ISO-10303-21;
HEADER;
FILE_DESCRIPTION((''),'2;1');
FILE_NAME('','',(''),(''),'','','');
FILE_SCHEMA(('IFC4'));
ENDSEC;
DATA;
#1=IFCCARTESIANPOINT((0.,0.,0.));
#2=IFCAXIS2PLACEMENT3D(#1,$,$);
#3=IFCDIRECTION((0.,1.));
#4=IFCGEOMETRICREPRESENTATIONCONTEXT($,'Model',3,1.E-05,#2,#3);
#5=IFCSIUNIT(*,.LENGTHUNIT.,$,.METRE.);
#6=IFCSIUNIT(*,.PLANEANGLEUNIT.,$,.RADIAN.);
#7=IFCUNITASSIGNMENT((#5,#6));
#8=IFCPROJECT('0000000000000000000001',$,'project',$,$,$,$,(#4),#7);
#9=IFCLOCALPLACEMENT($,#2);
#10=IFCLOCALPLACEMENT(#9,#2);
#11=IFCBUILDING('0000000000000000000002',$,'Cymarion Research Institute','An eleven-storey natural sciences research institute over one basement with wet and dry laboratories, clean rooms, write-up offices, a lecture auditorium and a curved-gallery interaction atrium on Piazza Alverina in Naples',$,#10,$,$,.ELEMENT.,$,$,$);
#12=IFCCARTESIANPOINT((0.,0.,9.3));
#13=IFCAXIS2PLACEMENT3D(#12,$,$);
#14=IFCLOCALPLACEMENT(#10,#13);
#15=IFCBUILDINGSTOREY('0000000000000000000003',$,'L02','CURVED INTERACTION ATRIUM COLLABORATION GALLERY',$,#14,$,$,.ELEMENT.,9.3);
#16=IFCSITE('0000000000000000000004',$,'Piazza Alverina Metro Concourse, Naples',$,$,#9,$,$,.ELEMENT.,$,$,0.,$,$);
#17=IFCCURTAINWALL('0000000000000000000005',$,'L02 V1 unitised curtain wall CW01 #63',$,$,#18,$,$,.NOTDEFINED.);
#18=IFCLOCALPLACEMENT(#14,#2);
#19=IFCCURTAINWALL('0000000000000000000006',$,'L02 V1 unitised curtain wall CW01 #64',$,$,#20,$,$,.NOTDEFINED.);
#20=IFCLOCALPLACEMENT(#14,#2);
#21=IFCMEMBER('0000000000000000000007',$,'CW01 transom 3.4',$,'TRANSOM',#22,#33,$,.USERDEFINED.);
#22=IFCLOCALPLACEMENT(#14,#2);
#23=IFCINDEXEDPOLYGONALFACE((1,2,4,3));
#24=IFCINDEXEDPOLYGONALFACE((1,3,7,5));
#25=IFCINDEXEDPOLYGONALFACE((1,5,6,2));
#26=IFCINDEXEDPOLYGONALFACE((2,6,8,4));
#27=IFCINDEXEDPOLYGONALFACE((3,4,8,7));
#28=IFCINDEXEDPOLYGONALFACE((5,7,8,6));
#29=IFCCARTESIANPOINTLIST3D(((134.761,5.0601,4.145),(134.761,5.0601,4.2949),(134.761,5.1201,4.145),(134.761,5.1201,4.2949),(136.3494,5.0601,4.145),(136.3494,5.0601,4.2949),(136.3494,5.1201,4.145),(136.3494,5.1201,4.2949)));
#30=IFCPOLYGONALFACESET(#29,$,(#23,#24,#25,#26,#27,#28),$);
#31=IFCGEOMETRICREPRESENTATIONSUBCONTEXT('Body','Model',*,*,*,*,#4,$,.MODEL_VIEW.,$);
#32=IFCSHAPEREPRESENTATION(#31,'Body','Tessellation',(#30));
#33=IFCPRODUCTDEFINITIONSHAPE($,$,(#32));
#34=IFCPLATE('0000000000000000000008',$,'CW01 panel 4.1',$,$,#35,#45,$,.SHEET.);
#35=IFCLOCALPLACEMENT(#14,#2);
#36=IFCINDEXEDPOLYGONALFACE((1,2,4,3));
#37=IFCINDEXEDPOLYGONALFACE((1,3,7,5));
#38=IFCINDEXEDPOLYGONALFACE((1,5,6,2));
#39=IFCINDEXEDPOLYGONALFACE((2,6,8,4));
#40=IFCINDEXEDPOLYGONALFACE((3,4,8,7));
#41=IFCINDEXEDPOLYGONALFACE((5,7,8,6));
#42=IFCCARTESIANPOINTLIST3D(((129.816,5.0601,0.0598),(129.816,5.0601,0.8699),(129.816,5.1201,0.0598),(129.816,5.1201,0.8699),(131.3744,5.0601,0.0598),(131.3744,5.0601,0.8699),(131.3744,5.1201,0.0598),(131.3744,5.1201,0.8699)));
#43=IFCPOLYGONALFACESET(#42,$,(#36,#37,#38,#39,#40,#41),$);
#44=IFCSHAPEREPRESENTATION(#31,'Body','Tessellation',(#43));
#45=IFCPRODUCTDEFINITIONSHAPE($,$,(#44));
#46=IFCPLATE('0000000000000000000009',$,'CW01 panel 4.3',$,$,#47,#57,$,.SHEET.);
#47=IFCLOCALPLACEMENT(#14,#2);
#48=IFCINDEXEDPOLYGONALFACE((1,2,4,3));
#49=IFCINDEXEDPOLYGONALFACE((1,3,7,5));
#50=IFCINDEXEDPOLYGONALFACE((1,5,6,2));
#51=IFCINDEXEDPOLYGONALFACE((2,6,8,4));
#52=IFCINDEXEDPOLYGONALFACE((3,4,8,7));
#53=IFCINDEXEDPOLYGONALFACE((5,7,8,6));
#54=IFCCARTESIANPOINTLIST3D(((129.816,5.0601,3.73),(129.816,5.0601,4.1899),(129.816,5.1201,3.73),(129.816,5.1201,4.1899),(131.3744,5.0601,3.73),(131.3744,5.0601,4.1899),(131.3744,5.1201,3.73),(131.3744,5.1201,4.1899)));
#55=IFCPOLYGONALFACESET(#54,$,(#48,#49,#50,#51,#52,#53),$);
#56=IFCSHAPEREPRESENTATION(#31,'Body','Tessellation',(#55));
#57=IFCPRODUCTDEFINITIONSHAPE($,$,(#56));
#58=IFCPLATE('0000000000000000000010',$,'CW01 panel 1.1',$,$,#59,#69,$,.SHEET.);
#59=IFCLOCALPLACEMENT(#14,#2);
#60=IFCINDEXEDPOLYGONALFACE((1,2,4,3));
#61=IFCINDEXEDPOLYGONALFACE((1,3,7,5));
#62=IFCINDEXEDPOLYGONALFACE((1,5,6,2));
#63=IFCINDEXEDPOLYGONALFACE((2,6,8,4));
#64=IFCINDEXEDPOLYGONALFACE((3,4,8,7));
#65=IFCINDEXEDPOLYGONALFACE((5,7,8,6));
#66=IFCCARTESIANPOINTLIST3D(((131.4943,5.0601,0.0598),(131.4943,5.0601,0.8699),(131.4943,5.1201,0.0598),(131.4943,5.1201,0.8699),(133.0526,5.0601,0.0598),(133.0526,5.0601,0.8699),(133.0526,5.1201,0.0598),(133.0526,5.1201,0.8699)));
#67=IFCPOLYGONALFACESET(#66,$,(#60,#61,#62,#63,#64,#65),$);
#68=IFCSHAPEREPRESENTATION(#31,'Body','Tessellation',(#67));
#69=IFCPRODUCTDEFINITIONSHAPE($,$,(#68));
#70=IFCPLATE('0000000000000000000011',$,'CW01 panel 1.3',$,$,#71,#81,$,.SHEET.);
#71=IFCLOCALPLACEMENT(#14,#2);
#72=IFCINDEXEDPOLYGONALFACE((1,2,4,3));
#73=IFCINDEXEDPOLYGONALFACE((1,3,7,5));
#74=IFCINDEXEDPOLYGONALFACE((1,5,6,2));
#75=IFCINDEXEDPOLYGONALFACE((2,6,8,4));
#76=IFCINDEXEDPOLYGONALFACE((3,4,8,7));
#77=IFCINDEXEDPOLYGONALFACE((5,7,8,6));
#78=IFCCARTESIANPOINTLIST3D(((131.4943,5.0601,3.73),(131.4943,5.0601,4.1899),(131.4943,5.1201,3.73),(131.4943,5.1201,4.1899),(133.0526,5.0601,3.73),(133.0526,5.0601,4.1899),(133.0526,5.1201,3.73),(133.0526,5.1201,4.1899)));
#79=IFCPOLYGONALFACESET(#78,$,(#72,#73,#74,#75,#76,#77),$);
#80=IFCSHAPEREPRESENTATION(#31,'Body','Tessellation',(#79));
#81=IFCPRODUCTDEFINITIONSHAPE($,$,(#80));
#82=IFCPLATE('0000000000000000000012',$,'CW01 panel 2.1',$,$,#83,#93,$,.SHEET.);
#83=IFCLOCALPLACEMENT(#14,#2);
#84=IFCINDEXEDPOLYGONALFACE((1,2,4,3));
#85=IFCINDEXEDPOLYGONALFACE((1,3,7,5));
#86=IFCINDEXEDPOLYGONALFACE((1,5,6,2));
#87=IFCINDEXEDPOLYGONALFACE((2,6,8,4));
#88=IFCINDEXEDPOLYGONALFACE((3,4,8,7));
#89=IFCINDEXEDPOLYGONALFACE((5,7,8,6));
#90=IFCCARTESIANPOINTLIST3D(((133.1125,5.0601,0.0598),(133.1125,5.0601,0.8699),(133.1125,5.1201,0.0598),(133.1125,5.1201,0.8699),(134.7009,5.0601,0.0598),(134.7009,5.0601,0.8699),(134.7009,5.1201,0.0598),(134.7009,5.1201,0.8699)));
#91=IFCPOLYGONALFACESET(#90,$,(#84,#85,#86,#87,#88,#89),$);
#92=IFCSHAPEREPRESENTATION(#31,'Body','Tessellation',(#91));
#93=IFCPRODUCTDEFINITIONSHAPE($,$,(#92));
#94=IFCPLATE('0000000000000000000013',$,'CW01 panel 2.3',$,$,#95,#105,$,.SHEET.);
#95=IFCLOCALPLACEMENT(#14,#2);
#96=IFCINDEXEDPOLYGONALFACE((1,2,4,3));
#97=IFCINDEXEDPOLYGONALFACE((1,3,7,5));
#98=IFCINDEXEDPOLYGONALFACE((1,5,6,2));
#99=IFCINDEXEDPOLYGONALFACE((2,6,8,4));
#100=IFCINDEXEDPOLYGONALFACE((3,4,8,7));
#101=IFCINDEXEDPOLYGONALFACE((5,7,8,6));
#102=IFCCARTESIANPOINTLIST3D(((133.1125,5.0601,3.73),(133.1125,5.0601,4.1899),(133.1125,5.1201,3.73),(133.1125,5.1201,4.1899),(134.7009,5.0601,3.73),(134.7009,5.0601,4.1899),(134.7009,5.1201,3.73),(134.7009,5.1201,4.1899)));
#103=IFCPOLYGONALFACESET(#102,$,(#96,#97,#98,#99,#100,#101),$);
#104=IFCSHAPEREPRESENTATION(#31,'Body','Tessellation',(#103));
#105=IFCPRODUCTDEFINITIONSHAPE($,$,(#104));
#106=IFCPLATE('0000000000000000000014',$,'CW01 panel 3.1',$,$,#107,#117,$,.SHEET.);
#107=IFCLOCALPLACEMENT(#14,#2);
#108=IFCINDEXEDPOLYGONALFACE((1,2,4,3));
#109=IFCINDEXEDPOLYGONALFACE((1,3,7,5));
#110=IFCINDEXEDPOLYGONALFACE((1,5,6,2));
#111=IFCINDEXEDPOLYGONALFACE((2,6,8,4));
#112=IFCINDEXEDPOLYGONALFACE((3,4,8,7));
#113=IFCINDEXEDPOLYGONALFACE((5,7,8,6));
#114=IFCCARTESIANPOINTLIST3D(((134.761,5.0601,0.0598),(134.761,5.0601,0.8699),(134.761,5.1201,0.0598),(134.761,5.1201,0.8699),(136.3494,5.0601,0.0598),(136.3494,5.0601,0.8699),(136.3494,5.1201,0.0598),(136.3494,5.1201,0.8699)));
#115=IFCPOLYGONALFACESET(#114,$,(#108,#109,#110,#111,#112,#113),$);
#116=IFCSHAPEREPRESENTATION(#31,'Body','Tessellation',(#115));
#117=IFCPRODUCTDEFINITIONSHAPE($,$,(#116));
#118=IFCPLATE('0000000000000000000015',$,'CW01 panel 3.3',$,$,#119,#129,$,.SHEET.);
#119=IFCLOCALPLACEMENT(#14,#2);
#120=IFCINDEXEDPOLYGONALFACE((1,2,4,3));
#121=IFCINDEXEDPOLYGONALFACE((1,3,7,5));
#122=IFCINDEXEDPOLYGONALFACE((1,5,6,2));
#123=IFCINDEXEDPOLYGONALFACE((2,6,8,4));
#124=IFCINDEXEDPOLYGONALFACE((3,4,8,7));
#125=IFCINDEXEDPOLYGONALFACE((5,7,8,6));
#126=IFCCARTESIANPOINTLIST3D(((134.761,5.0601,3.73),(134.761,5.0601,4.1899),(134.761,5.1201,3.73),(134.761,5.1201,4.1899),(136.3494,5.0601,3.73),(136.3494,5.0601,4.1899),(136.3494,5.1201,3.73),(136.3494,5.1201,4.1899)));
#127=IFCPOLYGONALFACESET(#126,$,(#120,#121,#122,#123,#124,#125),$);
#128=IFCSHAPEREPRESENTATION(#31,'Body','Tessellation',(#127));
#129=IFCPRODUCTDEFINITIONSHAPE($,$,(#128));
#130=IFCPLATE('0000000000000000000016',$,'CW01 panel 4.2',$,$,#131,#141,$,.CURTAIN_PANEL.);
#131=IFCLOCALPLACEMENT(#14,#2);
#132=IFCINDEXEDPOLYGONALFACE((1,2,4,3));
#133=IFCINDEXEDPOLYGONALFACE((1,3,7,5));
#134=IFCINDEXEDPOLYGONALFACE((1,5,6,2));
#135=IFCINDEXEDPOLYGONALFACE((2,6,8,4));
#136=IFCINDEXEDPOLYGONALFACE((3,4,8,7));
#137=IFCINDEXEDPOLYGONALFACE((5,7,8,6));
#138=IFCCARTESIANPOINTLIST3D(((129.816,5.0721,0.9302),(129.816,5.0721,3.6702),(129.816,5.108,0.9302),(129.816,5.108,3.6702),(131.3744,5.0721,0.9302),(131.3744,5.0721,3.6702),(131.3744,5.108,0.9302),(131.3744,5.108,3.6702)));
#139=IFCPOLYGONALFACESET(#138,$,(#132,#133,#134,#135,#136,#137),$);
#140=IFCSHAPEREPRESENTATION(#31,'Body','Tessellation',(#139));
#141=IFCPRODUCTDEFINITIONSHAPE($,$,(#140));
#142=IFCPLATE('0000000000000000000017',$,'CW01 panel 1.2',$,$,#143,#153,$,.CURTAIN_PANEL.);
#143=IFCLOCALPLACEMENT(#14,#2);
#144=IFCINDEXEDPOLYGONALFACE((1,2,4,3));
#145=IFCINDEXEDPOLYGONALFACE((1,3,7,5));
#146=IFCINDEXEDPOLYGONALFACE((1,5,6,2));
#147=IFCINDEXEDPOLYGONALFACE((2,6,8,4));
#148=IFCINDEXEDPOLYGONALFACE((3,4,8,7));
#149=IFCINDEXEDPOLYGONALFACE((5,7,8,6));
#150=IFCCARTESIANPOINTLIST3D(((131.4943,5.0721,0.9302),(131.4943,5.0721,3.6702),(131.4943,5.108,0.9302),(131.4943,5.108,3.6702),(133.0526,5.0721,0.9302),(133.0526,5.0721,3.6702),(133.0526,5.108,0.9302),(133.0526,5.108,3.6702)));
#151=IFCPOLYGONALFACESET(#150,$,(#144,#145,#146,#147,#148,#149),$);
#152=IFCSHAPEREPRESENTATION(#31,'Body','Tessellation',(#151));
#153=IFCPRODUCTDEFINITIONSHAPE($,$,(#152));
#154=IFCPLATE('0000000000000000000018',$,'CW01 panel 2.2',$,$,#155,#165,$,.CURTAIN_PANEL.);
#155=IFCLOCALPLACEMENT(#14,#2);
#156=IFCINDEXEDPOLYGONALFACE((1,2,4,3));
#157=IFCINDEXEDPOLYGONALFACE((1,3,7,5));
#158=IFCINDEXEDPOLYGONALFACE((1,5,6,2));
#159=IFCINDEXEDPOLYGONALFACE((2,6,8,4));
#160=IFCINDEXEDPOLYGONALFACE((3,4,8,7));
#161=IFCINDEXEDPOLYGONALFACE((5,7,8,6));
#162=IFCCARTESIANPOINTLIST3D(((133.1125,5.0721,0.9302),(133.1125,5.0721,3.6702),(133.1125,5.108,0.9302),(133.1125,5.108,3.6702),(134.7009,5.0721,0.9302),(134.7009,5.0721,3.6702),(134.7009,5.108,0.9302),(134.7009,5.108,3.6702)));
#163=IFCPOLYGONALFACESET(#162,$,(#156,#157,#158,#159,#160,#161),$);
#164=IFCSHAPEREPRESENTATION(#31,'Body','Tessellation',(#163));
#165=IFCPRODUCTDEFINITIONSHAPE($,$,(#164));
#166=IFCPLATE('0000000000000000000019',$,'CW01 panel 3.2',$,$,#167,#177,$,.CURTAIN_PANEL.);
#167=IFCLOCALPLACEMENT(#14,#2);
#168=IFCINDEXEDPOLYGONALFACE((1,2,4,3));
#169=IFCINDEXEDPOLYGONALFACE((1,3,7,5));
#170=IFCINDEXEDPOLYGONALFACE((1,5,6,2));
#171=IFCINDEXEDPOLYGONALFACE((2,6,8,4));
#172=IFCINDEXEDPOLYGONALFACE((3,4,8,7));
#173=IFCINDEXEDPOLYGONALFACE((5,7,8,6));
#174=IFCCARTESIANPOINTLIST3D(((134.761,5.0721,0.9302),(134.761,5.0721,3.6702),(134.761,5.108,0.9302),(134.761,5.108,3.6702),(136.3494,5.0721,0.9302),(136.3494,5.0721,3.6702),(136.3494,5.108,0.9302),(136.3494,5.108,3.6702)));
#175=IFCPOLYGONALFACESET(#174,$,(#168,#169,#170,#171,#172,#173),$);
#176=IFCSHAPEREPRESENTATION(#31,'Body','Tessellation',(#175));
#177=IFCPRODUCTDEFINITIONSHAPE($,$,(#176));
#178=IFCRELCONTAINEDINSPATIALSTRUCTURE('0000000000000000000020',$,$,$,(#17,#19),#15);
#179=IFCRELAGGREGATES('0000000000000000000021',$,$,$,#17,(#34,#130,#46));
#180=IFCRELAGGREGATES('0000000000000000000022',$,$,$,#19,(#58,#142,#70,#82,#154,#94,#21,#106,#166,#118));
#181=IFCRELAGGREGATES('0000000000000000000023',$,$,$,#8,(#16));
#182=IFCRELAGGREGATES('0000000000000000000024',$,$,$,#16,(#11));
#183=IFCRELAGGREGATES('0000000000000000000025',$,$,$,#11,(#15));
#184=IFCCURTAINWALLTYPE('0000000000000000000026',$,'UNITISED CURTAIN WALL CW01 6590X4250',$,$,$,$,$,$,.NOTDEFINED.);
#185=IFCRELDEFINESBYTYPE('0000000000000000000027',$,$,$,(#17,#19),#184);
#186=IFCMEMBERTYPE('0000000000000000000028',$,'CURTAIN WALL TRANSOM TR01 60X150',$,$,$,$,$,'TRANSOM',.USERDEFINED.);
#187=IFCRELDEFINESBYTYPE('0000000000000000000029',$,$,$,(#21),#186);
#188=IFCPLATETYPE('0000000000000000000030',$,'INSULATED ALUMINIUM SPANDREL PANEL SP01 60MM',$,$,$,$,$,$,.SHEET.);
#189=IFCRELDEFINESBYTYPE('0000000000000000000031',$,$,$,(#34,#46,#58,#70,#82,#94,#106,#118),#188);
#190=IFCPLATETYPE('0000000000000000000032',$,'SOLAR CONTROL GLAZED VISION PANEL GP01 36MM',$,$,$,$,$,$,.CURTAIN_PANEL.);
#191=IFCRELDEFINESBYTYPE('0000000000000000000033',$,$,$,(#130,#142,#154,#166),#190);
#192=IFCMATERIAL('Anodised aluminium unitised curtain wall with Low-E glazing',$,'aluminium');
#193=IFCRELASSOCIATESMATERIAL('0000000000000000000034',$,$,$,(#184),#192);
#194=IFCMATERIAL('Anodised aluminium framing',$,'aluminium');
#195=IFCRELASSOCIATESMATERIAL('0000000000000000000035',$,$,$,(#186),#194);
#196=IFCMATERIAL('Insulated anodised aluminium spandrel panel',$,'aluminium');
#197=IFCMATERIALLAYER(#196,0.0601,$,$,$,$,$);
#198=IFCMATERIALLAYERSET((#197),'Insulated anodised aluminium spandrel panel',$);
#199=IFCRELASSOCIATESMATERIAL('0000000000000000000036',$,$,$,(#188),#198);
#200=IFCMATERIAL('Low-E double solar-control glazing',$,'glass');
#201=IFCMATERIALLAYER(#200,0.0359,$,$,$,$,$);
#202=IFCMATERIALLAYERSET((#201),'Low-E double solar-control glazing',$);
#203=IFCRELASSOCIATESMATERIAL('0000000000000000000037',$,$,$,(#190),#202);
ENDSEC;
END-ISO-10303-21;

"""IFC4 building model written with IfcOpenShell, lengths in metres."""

from ifc_helpers import new_model, si_unit, direction, frame, origin, origin_2d, place, context, subcontext, project, spatial, rectangle, extrude, material, layer, layer_set, material_profile, profile_set, type_object, element, aggregate, save


model = new_model("IFC4")

# Units and contexts
model_context = context("Model", 3, precision=1e-05, world=origin(), true_north=direction((0.0, 1.0)))
body_context = subcontext(model_context, "Body", "Model", "MODEL_VIEW")
ifc_project = project(units=[si_unit("LENGTHUNIT", "METRE"), si_unit("PLANEANGLEUNIT", "RADIAN")], contexts=[model_context])

# Site, building, storey
site_placement = place(None, origin())
site = spatial("IfcSite", under=ifc_project, at=site_placement, Name="Piazza Alverina Metro Concourse, Naples", CompositionType="ELEMENT", RefElevation=0.0)
building_placement = place(site_placement, origin())
building = spatial("IfcBuilding", under=site, at=building_placement, Name="Cymarion Research Institute", Description="An eleven-storey natural sciences research institute over one basement with wet and dry laboratories, clean rooms, write-up offices, a lecture auditorium and a curved-gallery interaction atrium on Piazza Alverina in Naples", CompositionType="ELEMENT")
storey_placement = place(building_placement, frame((0.0, 0.0, 9.3)))
storey = spatial("IfcBuildingStorey", under=building, at=storey_placement, Name="L02", Description="CURVED INTERACTION ATRIUM COLLABORATION GALLERY", CompositionType="ELEMENT", Elevation=9.3)

# Curtain wall
ifc_material_1 = material(Name="Anodised aluminium unitised curtain wall with Low-E glazing", Category="aluminium")
curtain_wall_type = type_object("IfcCurtainWallType", Name="UNITISED CURTAIN WALL CW01 6590X4250", PredefinedType="NOTDEFINED", material=ifc_material_1)
curtain_wall_1_placement = place(storey_placement, origin())
curtain_wall_1 = element("IfcCurtainWall", 1, at=curtain_wall_1_placement, inside=storey, type_object=curtain_wall_type, Name="L02 V1 unitised curtain wall CW01 #63", PredefinedType="NOTDEFINED")
ifc_material_2 = material(Name="Anodised aluminium framing", Category="aluminium")

# Curtain wall, member
curtain_wall_2_placement = place(storey_placement, origin())
curtain_wall_2 = element("IfcCurtainWall", 2, at=curtain_wall_2_placement, inside=storey, type_object=curtain_wall_type, Name="L02 V1 unitised curtain wall CW01 #64", PredefinedType="NOTDEFINED")
ifc_material_profile_1 = material_profile(ifc_material_2, rectangle(XDim=0.0601, YDim=0.1499, at=origin_2d()), Name="ALU TRANSOM 60x150")
ifc_profile_set_1 = profile_set([ifc_material_profile_1], Name="Anodised aluminium framing")
member_type_1 = type_object("IfcMemberType", Name="CURTAIN WALL TRANSOM TR01 60X150", ElementType="TRANSOM", PredefinedType="USERDEFINED", material=ifc_profile_set_1)
member_1_placement = place(storey_placement, frame((134.761, 5.0901, 4.22), z_axis=(1.0, 0.0, 0.0), x_axis=(0.0, 1.0, 0.0)))
member_1 = element("IfcMember", 3, at=member_1_placement, type_object=member_type_1, Name="CW01 transom 3.4", ObjectType="TRANSOM", PredefinedType="USERDEFINED", context=body_context, shape_type="SweptSolid", body=[
    extrude(rectangle(XDim=0.0601, YDim=0.1499, at=origin_2d()), origin(), (0.0, 0.0, 1.0), 1.5884),
])

# Plates
ifc_material_3 = material(Name="Insulated anodised aluminium spandrel panel", Category="aluminium")
ifc_layer_1 = layer(ifc_material_3, 0.0601)
ifc_layer_set_1 = layer_set([ifc_layer_1], Name="Insulated anodised aluminium spandrel panel")
plate_type_1 = type_object("IfcPlateType", Name="INSULATED ALUMINIUM SPANDREL PANEL SP01 60MM", PredefinedType="SHEET", material=ifc_layer_set_1)
plate_1_placement = place(storey_placement, frame((130.5952, 5.0901, 0.0598), z_axis=(0.0, 0.0, 1.0), x_axis=(1.0, 0.0, 0.0)))
plate_1 = element("IfcPlate", 4, at=plate_1_placement, type_object=plate_type_1, Name="CW01 panel 4.1", PredefinedType="SHEET", context=body_context, shape_type="SweptSolid", body=[
    extrude(rectangle(XDim=1.5583, YDim=0.0601, at=origin_2d()), origin(), (0.0, 0.0, 1.0), 0.8101),
])
plate_2_placement = place(storey_placement, frame((130.5952, 5.0901, 3.73), z_axis=(0.0, 0.0, 1.0), x_axis=(1.0, 0.0, 0.0)))
plate_2 = element("IfcPlate", 5, at=plate_2_placement, type_object=plate_type_1, Name="CW01 panel 4.3", PredefinedType="SHEET", context=body_context, shape_type="SweptSolid", body=[
    extrude(rectangle(XDim=1.5583, YDim=0.0601, at=origin_2d()), origin(), (0.0, 0.0, 1.0), 0.46),
])
plate_3_placement = place(storey_placement, frame((132.2734, 5.0901, 0.0598), z_axis=(0.0, 0.0, 1.0), x_axis=(1.0, 0.0, 0.0)))
plate_3 = element("IfcPlate", 6, at=plate_3_placement, type_object=plate_type_1, Name="CW01 panel 1.1", PredefinedType="SHEET", context=body_context, shape_type="SweptSolid", body=[
    extrude(rectangle(XDim=1.5583, YDim=0.0601, at=origin_2d()), origin(), (0.0, 0.0, 1.0), 0.8101),
])
plate_4_placement = place(storey_placement, frame((132.2734, 5.0901, 3.73), z_axis=(0.0, 0.0, 1.0), x_axis=(1.0, 0.0, 0.0)))
plate_4 = element("IfcPlate", 7, at=plate_4_placement, type_object=plate_type_1, Name="CW01 panel 1.3", PredefinedType="SHEET", context=body_context, shape_type="SweptSolid", body=[
    extrude(rectangle(XDim=1.5583, YDim=0.0601, at=origin_2d()), origin(), (0.0, 0.0, 1.0), 0.46),
])
plate_5_placement = place(storey_placement, frame((133.9067, 5.0901, 0.0598), z_axis=(0.0, 0.0, 1.0), x_axis=(1.0, 0.0, 0.0)))
plate_5 = element("IfcPlate", 8, at=plate_5_placement, type_object=plate_type_1, Name="CW01 panel 2.1", PredefinedType="SHEET", context=body_context, shape_type="SweptSolid", body=[
    extrude(rectangle(XDim=1.5884, YDim=0.0601, at=origin_2d()), origin(), (0.0, 0.0, 1.0), 0.8101),
])
plate_6_placement = place(storey_placement, frame((133.9067, 5.0901, 3.73), z_axis=(0.0, 0.0, 1.0), x_axis=(1.0, 0.0, 0.0)))
plate_6 = element("IfcPlate", 9, at=plate_6_placement, type_object=plate_type_1, Name="CW01 panel 2.3", PredefinedType="SHEET", context=body_context, shape_type="SweptSolid", body=[
    extrude(rectangle(XDim=1.5884, YDim=0.0601, at=origin_2d()), origin(), (0.0, 0.0, 1.0), 0.46),
])
plate_7_placement = place(storey_placement, frame((135.5552, 5.0901, 0.0598), z_axis=(0.0, 0.0, 1.0), x_axis=(1.0, 0.0, 0.0)))
plate_7 = element("IfcPlate", 10, at=plate_7_placement, type_object=plate_type_1, Name="CW01 panel 3.1", PredefinedType="SHEET", context=body_context, shape_type="SweptSolid", body=[
    extrude(rectangle(XDim=1.5884, YDim=0.0601, at=origin_2d()), origin(), (0.0, 0.0, 1.0), 0.8101),
])
plate_8_placement = place(storey_placement, frame((135.5552, 5.0901, 3.73), z_axis=(0.0, 0.0, 1.0), x_axis=(1.0, 0.0, 0.0)))
plate_8 = element("IfcPlate", 11, at=plate_8_placement, type_object=plate_type_1, Name="CW01 panel 3.3", PredefinedType="SHEET", context=body_context, shape_type="SweptSolid", body=[
    extrude(rectangle(XDim=1.5884, YDim=0.0601, at=origin_2d()), origin(), (0.0, 0.0, 1.0), 0.46),
])
ifc_material_4 = material(Name="Low-E double solar-control glazing", Category="glass")
ifc_layer_2 = layer(ifc_material_4, 0.0359)
ifc_layer_set_2 = layer_set([ifc_layer_2], Name="Low-E double solar-control glazing")
plate_type_2 = type_object("IfcPlateType", Name="SOLAR CONTROL GLAZED VISION PANEL GP01 36MM", PredefinedType="CURTAIN_PANEL", material=ifc_layer_set_2)
plate_9_placement = place(storey_placement, frame((130.5952, 5.0901, 0.9302), z_axis=(0.0, 0.0, 1.0), x_axis=(1.0, 0.0, 0.0)))
plate_9 = element("IfcPlate", 12, at=plate_9_placement, type_object=plate_type_2, Name="CW01 panel 4.2", PredefinedType="CURTAIN_PANEL", context=body_context, shape_type="SweptSolid", body=[
    extrude(rectangle(XDim=1.5583, YDim=0.0359, at=origin_2d()), origin(), (0.0, 0.0, 1.0), 2.74),
])
aggregate(curtain_wall_1, [plate_1, plate_9, plate_2])
plate_10_placement = place(storey_placement, frame((132.2734, 5.0901, 0.9302), z_axis=(0.0, 0.0, 1.0), x_axis=(1.0, 0.0, 0.0)))
plate_10 = element("IfcPlate", 13, at=plate_10_placement, type_object=plate_type_2, Name="CW01 panel 1.2", PredefinedType="CURTAIN_PANEL", context=body_context, shape_type="SweptSolid", body=[
    extrude(rectangle(XDim=1.5583, YDim=0.0359, at=origin_2d()), origin(), (0.0, 0.0, 1.0), 2.74),
])
plate_11_placement = place(storey_placement, frame((133.9067, 5.0901, 0.9302), z_axis=(0.0, 0.0, 1.0), x_axis=(1.0, 0.0, 0.0)))
plate_11 = element("IfcPlate", 14, at=plate_11_placement, type_object=plate_type_2, Name="CW01 panel 2.2", PredefinedType="CURTAIN_PANEL", context=body_context, shape_type="SweptSolid", body=[
    extrude(rectangle(XDim=1.5884, YDim=0.0359, at=origin_2d()), origin(), (0.0, 0.0, 1.0), 2.74),
])
plate_12_placement = place(storey_placement, frame((135.5552, 5.0901, 0.9302), z_axis=(0.0, 0.0, 1.0), x_axis=(1.0, 0.0, 0.0)))
plate_12 = element("IfcPlate", 15, at=plate_12_placement, type_object=plate_type_2, Name="CW01 panel 3.2", PredefinedType="CURTAIN_PANEL", context=body_context, shape_type="SweptSolid", body=[
    extrude(rectangle(XDim=1.5884, YDim=0.0359, at=origin_2d()), origin(), (0.0, 0.0, 1.0), 2.74),
])
aggregate(curtain_wall_2, [plate_3, plate_10, plate_4, plate_5, plate_11, plate_6, member_1, plate_7, plate_12, plate_8])

save(model, "model.ifc")
